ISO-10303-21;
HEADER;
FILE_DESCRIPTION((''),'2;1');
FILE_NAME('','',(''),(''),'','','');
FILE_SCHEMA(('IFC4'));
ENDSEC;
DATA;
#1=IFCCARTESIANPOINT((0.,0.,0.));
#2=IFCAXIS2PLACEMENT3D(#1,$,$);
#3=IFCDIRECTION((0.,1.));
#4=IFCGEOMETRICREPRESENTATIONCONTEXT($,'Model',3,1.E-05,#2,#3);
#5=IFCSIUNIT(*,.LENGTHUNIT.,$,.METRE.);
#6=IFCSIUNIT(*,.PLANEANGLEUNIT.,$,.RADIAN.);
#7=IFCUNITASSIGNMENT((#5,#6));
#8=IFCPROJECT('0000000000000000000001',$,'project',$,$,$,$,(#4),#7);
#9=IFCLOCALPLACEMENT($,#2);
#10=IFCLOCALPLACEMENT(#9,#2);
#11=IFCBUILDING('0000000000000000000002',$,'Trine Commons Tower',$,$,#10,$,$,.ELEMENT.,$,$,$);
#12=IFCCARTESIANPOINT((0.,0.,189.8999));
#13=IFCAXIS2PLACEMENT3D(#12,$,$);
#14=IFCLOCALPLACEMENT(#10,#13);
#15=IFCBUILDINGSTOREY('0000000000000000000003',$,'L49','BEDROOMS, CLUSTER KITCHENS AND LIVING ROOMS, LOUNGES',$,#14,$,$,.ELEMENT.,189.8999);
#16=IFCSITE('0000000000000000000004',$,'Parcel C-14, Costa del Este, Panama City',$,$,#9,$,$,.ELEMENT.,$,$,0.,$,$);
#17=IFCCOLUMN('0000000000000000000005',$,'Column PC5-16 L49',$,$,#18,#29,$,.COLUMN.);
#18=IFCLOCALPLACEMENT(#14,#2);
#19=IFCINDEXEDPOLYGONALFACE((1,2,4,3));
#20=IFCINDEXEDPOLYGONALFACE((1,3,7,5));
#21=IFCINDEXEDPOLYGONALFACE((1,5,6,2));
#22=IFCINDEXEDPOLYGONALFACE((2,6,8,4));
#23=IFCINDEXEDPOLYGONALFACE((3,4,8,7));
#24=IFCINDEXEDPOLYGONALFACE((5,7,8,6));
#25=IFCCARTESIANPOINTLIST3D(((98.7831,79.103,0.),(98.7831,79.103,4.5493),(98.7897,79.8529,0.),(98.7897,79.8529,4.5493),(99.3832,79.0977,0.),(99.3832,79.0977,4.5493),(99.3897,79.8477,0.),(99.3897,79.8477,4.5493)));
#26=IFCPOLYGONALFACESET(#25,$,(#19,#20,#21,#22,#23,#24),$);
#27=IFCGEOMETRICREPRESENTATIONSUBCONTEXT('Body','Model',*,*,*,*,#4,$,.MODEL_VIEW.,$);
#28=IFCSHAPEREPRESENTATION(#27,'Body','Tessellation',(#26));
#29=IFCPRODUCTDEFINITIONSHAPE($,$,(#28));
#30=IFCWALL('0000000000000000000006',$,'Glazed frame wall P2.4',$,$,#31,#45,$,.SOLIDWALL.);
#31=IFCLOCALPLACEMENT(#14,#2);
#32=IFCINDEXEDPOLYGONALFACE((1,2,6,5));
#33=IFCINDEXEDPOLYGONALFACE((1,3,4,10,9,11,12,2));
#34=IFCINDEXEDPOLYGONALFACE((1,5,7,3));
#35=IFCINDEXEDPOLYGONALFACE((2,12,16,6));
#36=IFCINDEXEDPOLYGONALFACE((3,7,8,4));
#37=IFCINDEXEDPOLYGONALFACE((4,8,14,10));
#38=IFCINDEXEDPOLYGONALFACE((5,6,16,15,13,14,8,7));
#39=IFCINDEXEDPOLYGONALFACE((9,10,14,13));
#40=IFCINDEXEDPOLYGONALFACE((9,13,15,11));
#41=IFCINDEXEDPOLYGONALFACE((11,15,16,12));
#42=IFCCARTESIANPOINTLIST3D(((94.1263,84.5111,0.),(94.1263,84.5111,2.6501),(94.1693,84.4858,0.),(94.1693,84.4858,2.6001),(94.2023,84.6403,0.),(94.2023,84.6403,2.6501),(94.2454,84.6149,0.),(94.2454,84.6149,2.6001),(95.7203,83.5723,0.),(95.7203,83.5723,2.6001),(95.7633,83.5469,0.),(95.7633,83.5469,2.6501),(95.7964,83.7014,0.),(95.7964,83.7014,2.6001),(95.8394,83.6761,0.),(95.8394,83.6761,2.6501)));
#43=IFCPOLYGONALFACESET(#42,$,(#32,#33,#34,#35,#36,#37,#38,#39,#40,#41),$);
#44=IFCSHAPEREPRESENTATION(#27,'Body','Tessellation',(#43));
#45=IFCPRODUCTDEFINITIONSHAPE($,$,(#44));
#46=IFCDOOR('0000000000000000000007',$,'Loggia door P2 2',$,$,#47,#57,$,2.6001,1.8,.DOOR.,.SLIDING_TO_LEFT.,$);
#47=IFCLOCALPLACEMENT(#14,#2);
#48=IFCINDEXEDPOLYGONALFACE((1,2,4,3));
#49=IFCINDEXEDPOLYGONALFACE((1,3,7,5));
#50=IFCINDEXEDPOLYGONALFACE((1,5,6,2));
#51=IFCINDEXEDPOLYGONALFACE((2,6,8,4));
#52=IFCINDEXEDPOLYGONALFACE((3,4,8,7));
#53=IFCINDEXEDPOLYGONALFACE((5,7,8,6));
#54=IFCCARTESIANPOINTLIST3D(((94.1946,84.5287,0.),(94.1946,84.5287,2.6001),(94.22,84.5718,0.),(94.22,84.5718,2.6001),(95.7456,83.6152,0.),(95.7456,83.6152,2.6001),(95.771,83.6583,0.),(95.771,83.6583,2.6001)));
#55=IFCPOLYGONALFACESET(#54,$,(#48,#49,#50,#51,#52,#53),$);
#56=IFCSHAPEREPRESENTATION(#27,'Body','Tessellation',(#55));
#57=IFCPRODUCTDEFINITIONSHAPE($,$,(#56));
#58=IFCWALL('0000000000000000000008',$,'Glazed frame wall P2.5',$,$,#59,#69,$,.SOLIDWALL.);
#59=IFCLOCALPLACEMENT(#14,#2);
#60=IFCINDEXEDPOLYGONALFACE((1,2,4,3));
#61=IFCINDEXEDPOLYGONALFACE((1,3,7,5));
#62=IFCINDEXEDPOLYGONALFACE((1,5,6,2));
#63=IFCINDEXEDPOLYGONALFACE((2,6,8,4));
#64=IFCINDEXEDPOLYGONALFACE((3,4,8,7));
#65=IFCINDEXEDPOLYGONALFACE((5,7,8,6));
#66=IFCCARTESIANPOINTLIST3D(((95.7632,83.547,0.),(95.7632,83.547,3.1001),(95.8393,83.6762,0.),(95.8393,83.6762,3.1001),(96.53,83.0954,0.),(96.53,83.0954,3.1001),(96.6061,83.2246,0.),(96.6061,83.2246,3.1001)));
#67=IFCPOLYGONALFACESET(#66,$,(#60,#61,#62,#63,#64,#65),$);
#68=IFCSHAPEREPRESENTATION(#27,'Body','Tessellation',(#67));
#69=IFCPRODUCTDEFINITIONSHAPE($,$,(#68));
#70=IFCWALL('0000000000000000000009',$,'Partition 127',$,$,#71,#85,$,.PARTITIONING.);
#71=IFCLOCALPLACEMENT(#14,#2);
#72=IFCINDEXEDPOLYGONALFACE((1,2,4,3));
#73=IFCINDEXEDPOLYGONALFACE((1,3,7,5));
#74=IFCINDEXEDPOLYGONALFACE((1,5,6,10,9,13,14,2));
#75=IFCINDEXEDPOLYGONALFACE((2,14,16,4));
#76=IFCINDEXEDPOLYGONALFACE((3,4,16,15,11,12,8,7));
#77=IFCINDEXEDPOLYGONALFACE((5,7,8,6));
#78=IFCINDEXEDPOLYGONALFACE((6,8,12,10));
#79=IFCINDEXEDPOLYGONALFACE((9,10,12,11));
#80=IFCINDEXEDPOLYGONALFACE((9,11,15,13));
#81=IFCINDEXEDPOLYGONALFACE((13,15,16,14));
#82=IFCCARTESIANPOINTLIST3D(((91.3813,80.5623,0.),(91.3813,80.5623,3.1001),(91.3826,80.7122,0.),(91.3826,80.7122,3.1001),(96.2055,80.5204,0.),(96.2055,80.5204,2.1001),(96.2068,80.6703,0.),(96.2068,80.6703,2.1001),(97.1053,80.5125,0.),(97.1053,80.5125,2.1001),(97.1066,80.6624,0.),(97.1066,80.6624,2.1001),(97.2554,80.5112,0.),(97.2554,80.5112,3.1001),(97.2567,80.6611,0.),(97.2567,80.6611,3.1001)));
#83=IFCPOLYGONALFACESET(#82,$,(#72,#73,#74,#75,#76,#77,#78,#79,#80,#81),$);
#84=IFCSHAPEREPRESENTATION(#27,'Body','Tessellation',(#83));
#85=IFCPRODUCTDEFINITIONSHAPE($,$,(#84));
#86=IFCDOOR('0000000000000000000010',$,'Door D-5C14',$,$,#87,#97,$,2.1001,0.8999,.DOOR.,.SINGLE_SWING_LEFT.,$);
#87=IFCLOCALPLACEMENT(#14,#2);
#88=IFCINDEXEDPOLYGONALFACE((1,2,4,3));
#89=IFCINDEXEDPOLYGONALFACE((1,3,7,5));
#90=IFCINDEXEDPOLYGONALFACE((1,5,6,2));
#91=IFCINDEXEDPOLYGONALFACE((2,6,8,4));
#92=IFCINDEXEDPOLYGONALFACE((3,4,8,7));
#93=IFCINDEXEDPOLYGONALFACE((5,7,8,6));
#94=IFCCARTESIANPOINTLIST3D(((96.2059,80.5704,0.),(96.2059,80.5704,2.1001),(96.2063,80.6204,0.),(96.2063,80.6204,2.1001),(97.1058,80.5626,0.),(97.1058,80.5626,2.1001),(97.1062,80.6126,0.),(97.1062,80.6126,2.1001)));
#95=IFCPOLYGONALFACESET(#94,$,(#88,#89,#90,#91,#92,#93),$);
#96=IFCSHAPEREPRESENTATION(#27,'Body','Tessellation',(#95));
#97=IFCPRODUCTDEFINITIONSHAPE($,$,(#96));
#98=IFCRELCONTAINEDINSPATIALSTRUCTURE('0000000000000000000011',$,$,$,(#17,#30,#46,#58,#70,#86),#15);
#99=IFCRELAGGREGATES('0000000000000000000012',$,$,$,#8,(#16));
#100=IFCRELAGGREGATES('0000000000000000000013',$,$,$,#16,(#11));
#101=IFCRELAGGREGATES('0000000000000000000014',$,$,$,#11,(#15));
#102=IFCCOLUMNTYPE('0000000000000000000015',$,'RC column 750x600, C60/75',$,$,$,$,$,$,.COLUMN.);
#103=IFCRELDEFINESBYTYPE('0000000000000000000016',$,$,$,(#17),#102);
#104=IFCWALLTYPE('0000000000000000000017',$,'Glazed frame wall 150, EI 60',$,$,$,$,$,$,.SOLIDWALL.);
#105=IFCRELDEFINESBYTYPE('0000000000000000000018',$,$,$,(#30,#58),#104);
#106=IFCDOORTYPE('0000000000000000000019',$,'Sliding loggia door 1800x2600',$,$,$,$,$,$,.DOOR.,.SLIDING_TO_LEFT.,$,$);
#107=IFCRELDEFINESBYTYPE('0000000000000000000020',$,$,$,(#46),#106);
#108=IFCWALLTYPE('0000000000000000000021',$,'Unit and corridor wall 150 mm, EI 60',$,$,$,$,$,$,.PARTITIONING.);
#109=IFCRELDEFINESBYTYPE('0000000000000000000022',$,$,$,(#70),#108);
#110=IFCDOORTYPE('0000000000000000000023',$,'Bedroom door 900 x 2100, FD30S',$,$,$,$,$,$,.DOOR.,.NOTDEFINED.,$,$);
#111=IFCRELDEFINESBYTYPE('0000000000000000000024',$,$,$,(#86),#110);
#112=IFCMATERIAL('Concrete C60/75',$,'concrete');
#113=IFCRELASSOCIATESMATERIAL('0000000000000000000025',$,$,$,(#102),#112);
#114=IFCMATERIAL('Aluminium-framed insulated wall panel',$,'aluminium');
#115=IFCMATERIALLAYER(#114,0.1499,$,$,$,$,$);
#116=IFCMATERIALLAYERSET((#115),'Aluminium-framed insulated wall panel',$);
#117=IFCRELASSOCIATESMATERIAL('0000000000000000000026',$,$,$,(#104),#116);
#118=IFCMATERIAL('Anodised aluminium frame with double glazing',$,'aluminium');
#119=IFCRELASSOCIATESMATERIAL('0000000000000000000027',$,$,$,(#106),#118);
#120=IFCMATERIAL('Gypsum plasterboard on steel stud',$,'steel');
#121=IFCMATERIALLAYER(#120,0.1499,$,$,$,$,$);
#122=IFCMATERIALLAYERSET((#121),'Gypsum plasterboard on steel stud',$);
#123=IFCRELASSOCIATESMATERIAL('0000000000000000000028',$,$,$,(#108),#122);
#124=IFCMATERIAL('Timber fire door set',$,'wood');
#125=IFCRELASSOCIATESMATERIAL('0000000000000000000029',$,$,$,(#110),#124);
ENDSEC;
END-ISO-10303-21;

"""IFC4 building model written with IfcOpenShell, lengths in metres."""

from ifc_helpers import new_model, si_unit, direction, frame, frame_2d, origin, origin_2d, place, context, subcontext, project, spatial, polyline, rectangle, outline, extrude, material, layer, layer_set, material_profile, profile_set, type_object, element, fill, save


model = new_model("IFC4")

# Units and contexts
model_context = context("Model", 3, precision=1e-05, world=origin(), true_north=direction((0.0, 1.0)))
body_context = subcontext(model_context, "Body", "Model", "MODEL_VIEW")
ifc_project = project(units=[si_unit("LENGTHUNIT", "METRE"), si_unit("PLANEANGLEUNIT", "RADIAN")], contexts=[model_context])

# Site, building, storey
site_placement = place(None, origin())
site = spatial("IfcSite", under=ifc_project, at=site_placement, Name="Parcel C-14, Costa del Este, Panama City", CompositionType="ELEMENT", RefElevation=0.0)
building_placement = place(site_placement, origin())
building = spatial("IfcBuilding", under=site, at=building_placement, Name="Trine Commons Tower", CompositionType="ELEMENT")
storey_placement = place(building_placement, frame((0.0, 0.0, 189.8999)))
storey = spatial("IfcBuildingStorey", under=building, at=storey_placement, Name="L49", Description="BEDROOMS, CLUSTER KITCHENS AND LIVING ROOMS, LOUNGES", CompositionType="ELEMENT", Elevation=189.8999)

# Column
ifc_material_1 = material(Name="Concrete C60/75", Category="concrete")
ifc_material_profile = material_profile(ifc_material_1, rectangle(XDim=0.75, YDim=0.6001, at=origin_2d()), Name="RC 750x600")
ifc_profile_set = profile_set([ifc_material_profile], Name="Concrete C60/75")
column_type = type_object("IfcColumnType", Name="RC column 750x600, C60/75", PredefinedType="COLUMN", material=ifc_profile_set)
column_placement = place(storey_placement, frame((99.0864, 79.4753, 0.0), z_axis=(0.0, 0.0, 1.0), x_axis=(0.008727, 0.999962, 0.0)))
element("IfcColumn", 1, at=column_placement, inside=storey, type_object=column_type, Name="Column PC5-16 L49", PredefinedType="COLUMN", context=body_context, shape_type="SweptSolid", body=[
    extrude(rectangle(XDim=0.75, YDim=0.6001, at=origin_2d()), origin(), (0.0, 0.0, 1.0), 4.5493),
])

# Wall, opening, door
ifc_material_2 = material(Name="Aluminium-framed insulated wall panel", Category="aluminium")
ifc_layer_1 = layer(ifc_material_2, 0.1499)
ifc_layer_set_1 = layer_set([ifc_layer_1], Name="Aluminium-framed insulated wall panel")
wall_type_1 = type_object("IfcWallType", Name="Glazed frame wall 150, EI 60", PredefinedType="SOLIDWALL", material=ifc_layer_set_1)
wall_1_placement = place(storey_placement, frame((94.1643, 84.5757, 0.0), z_axis=(0.0, 0.0, 1.0), x_axis=(0.86166, -0.507486, 0.0)))
wall_1 = element("IfcWall", 2, at=wall_1_placement, inside=storey, type_object=wall_type_1, Name="Glazed frame wall P2.4", PredefinedType="SOLIDWALL", context=body_context, shape_type="SweptSolid", body=[
    extrude(outline(polyline([(0.0, -0.075), (1.8999, -0.075), (1.8999, 0.075), (0.0, 0.075), (0.0, -0.075)])), origin(), (0.0, 0.0, 1.0), 2.6501),
])
opening_1_placement = place(wall_1_placement, frame((0.05, 0.0, 0.0)))
opening_1 = element("IfcOpeningElement", 3, at=opening_1_placement, cuts=wall_1, PredefinedType="OPENING", context=body_context, shape_type="SweptSolid", body=[
    extrude(rectangle(XDim=1.8, YDim=2.6001, at=frame_2d((0.8999, 1.3))), frame((0.0, 0.085, 0.0), z_axis=(0.0, -1.0, 0.0), x_axis=(1.0, 0.0, 0.0)), (0.0, 0.0, 1.0), 0.1699),
])
ifc_material_3 = material(Name="Anodised aluminium frame with double glazing", Category="aluminium")
door_type_1 = type_object("IfcDoorType", Name="Sliding loggia door 1800x2600", OperationType="SLIDING_TO_LEFT", PredefinedType="DOOR", material=ifc_material_3)
door_1_placement = place(opening_1_placement, origin())
door_1 = element("IfcDoor", 4, at=door_1_placement, inside=storey, type_object=door_type_1, Name="Loggia door P2 2", OperationType="SLIDING_TO_LEFT", OverallHeight=2.6001, OverallWidth=1.8, PredefinedType="DOOR", context=body_context, shape_type="SweptSolid", body=[
    extrude(rectangle(XDim=1.8, YDim=2.6001, at=frame_2d((0.8999, 1.3))), frame((0.0, 0.0249, 0.0), z_axis=(0.0, -1.0, 0.0), x_axis=(1.0, 0.0, 0.0)), (0.0, 0.0, 1.0), 0.05),
])
fill(opening_1, door_1)

# Wall
wall_2_placement = place(storey_placement, frame((95.8013, 83.6116, 0.0), z_axis=(0.0, 0.0, 1.0), x_axis=(0.861664, -0.507479, 0.0)))
element("IfcWall", 5, at=wall_2_placement, inside=storey, type_object=wall_type_1, Name="Glazed frame wall P2.5", PredefinedType="SOLIDWALL", context=body_context, shape_type="SweptSolid", body=[
    extrude(outline(polyline([(0.8899, 0.075), (0.0, 0.075), (0.0, -0.075), (0.8899, -0.075), (0.8899, 0.075)])), origin(), (0.0, 0.0, 1.0), 3.1001),
])

# Wall, opening, door
ifc_material_4 = material(Name="Gypsum plasterboard on steel stud", Category="steel")
ifc_layer_2 = layer(ifc_material_4, 0.1499)
ifc_layer_set_2 = layer_set([ifc_layer_2], Name="Gypsum plasterboard on steel stud")
wall_type_2 = type_object("IfcWallType", Name="Unit and corridor wall 150 mm, EI 60", PredefinedType="PARTITIONING", material=ifc_layer_set_2)
wall_3_placement = place(storey_placement, frame((91.3821, 80.6372, 0.0), z_axis=(0.0, 0.0, 1.0), x_axis=(0.999962, -0.008686, 0.0)))
wall_3 = element("IfcWall", 6, at=wall_3_placement, inside=storey, type_object=wall_type_2, Name="Partition 127", PredefinedType="PARTITIONING", context=body_context, shape_type="SweptSolid", body=[
    extrude(rectangle(XDim=5.8743, YDim=0.1499, at=frame_2d((2.937, 0.0))), origin(), (0.0, 0.0, 1.0), 3.1001),
])
opening_2_placement = place(wall_3_placement, frame((4.8242, 0.0, 0.0)))
opening_2 = element("IfcOpeningElement", 7, at=opening_2_placement, cuts=wall_3, PredefinedType="OPENING", context=body_context, shape_type="SweptSolid", body=[
    extrude(rectangle(XDim=0.8999, YDim=2.1001, at=frame_2d((0.45, 1.05))), frame((0.0, 0.085, 0.0), z_axis=(0.0, -1.0, 0.0), x_axis=(1.0, 0.0, 0.0)), (0.0, 0.0, 1.0), 0.1699),
])
ifc_material_5 = material(Name="Timber fire door set", Category="wood")
door_type_2 = type_object("IfcDoorType", Name="Bedroom door 900 x 2100, FD30S", OperationType="NOTDEFINED", PredefinedType="DOOR", material=ifc_material_5)
door_2_placement = place(opening_2_placement, frame((0.8999, 0.0, 0.0), z_axis=(0.0, 0.0, 1.0), x_axis=(-1.0, 0.0, 0.0)))
door_2 = element("IfcDoor", 8, at=door_2_placement, inside=storey, type_object=door_type_2, Name="Door D-5C14", OperationType="SINGLE_SWING_LEFT", OverallHeight=2.1001, OverallWidth=0.8999, PredefinedType="DOOR", context=body_context, shape_type="SweptSolid", body=[
    extrude(rectangle(XDim=0.8999, YDim=2.1001, at=frame_2d((0.45, 1.05))), frame((0.0, 0.0249, 0.0), z_axis=(0.0, -1.0, 0.0), x_axis=(1.0, 0.0, 0.0)), (0.0, 0.0, 1.0), 0.05),
])
fill(opening_2, door_2)

save(model, "model.ifc")
